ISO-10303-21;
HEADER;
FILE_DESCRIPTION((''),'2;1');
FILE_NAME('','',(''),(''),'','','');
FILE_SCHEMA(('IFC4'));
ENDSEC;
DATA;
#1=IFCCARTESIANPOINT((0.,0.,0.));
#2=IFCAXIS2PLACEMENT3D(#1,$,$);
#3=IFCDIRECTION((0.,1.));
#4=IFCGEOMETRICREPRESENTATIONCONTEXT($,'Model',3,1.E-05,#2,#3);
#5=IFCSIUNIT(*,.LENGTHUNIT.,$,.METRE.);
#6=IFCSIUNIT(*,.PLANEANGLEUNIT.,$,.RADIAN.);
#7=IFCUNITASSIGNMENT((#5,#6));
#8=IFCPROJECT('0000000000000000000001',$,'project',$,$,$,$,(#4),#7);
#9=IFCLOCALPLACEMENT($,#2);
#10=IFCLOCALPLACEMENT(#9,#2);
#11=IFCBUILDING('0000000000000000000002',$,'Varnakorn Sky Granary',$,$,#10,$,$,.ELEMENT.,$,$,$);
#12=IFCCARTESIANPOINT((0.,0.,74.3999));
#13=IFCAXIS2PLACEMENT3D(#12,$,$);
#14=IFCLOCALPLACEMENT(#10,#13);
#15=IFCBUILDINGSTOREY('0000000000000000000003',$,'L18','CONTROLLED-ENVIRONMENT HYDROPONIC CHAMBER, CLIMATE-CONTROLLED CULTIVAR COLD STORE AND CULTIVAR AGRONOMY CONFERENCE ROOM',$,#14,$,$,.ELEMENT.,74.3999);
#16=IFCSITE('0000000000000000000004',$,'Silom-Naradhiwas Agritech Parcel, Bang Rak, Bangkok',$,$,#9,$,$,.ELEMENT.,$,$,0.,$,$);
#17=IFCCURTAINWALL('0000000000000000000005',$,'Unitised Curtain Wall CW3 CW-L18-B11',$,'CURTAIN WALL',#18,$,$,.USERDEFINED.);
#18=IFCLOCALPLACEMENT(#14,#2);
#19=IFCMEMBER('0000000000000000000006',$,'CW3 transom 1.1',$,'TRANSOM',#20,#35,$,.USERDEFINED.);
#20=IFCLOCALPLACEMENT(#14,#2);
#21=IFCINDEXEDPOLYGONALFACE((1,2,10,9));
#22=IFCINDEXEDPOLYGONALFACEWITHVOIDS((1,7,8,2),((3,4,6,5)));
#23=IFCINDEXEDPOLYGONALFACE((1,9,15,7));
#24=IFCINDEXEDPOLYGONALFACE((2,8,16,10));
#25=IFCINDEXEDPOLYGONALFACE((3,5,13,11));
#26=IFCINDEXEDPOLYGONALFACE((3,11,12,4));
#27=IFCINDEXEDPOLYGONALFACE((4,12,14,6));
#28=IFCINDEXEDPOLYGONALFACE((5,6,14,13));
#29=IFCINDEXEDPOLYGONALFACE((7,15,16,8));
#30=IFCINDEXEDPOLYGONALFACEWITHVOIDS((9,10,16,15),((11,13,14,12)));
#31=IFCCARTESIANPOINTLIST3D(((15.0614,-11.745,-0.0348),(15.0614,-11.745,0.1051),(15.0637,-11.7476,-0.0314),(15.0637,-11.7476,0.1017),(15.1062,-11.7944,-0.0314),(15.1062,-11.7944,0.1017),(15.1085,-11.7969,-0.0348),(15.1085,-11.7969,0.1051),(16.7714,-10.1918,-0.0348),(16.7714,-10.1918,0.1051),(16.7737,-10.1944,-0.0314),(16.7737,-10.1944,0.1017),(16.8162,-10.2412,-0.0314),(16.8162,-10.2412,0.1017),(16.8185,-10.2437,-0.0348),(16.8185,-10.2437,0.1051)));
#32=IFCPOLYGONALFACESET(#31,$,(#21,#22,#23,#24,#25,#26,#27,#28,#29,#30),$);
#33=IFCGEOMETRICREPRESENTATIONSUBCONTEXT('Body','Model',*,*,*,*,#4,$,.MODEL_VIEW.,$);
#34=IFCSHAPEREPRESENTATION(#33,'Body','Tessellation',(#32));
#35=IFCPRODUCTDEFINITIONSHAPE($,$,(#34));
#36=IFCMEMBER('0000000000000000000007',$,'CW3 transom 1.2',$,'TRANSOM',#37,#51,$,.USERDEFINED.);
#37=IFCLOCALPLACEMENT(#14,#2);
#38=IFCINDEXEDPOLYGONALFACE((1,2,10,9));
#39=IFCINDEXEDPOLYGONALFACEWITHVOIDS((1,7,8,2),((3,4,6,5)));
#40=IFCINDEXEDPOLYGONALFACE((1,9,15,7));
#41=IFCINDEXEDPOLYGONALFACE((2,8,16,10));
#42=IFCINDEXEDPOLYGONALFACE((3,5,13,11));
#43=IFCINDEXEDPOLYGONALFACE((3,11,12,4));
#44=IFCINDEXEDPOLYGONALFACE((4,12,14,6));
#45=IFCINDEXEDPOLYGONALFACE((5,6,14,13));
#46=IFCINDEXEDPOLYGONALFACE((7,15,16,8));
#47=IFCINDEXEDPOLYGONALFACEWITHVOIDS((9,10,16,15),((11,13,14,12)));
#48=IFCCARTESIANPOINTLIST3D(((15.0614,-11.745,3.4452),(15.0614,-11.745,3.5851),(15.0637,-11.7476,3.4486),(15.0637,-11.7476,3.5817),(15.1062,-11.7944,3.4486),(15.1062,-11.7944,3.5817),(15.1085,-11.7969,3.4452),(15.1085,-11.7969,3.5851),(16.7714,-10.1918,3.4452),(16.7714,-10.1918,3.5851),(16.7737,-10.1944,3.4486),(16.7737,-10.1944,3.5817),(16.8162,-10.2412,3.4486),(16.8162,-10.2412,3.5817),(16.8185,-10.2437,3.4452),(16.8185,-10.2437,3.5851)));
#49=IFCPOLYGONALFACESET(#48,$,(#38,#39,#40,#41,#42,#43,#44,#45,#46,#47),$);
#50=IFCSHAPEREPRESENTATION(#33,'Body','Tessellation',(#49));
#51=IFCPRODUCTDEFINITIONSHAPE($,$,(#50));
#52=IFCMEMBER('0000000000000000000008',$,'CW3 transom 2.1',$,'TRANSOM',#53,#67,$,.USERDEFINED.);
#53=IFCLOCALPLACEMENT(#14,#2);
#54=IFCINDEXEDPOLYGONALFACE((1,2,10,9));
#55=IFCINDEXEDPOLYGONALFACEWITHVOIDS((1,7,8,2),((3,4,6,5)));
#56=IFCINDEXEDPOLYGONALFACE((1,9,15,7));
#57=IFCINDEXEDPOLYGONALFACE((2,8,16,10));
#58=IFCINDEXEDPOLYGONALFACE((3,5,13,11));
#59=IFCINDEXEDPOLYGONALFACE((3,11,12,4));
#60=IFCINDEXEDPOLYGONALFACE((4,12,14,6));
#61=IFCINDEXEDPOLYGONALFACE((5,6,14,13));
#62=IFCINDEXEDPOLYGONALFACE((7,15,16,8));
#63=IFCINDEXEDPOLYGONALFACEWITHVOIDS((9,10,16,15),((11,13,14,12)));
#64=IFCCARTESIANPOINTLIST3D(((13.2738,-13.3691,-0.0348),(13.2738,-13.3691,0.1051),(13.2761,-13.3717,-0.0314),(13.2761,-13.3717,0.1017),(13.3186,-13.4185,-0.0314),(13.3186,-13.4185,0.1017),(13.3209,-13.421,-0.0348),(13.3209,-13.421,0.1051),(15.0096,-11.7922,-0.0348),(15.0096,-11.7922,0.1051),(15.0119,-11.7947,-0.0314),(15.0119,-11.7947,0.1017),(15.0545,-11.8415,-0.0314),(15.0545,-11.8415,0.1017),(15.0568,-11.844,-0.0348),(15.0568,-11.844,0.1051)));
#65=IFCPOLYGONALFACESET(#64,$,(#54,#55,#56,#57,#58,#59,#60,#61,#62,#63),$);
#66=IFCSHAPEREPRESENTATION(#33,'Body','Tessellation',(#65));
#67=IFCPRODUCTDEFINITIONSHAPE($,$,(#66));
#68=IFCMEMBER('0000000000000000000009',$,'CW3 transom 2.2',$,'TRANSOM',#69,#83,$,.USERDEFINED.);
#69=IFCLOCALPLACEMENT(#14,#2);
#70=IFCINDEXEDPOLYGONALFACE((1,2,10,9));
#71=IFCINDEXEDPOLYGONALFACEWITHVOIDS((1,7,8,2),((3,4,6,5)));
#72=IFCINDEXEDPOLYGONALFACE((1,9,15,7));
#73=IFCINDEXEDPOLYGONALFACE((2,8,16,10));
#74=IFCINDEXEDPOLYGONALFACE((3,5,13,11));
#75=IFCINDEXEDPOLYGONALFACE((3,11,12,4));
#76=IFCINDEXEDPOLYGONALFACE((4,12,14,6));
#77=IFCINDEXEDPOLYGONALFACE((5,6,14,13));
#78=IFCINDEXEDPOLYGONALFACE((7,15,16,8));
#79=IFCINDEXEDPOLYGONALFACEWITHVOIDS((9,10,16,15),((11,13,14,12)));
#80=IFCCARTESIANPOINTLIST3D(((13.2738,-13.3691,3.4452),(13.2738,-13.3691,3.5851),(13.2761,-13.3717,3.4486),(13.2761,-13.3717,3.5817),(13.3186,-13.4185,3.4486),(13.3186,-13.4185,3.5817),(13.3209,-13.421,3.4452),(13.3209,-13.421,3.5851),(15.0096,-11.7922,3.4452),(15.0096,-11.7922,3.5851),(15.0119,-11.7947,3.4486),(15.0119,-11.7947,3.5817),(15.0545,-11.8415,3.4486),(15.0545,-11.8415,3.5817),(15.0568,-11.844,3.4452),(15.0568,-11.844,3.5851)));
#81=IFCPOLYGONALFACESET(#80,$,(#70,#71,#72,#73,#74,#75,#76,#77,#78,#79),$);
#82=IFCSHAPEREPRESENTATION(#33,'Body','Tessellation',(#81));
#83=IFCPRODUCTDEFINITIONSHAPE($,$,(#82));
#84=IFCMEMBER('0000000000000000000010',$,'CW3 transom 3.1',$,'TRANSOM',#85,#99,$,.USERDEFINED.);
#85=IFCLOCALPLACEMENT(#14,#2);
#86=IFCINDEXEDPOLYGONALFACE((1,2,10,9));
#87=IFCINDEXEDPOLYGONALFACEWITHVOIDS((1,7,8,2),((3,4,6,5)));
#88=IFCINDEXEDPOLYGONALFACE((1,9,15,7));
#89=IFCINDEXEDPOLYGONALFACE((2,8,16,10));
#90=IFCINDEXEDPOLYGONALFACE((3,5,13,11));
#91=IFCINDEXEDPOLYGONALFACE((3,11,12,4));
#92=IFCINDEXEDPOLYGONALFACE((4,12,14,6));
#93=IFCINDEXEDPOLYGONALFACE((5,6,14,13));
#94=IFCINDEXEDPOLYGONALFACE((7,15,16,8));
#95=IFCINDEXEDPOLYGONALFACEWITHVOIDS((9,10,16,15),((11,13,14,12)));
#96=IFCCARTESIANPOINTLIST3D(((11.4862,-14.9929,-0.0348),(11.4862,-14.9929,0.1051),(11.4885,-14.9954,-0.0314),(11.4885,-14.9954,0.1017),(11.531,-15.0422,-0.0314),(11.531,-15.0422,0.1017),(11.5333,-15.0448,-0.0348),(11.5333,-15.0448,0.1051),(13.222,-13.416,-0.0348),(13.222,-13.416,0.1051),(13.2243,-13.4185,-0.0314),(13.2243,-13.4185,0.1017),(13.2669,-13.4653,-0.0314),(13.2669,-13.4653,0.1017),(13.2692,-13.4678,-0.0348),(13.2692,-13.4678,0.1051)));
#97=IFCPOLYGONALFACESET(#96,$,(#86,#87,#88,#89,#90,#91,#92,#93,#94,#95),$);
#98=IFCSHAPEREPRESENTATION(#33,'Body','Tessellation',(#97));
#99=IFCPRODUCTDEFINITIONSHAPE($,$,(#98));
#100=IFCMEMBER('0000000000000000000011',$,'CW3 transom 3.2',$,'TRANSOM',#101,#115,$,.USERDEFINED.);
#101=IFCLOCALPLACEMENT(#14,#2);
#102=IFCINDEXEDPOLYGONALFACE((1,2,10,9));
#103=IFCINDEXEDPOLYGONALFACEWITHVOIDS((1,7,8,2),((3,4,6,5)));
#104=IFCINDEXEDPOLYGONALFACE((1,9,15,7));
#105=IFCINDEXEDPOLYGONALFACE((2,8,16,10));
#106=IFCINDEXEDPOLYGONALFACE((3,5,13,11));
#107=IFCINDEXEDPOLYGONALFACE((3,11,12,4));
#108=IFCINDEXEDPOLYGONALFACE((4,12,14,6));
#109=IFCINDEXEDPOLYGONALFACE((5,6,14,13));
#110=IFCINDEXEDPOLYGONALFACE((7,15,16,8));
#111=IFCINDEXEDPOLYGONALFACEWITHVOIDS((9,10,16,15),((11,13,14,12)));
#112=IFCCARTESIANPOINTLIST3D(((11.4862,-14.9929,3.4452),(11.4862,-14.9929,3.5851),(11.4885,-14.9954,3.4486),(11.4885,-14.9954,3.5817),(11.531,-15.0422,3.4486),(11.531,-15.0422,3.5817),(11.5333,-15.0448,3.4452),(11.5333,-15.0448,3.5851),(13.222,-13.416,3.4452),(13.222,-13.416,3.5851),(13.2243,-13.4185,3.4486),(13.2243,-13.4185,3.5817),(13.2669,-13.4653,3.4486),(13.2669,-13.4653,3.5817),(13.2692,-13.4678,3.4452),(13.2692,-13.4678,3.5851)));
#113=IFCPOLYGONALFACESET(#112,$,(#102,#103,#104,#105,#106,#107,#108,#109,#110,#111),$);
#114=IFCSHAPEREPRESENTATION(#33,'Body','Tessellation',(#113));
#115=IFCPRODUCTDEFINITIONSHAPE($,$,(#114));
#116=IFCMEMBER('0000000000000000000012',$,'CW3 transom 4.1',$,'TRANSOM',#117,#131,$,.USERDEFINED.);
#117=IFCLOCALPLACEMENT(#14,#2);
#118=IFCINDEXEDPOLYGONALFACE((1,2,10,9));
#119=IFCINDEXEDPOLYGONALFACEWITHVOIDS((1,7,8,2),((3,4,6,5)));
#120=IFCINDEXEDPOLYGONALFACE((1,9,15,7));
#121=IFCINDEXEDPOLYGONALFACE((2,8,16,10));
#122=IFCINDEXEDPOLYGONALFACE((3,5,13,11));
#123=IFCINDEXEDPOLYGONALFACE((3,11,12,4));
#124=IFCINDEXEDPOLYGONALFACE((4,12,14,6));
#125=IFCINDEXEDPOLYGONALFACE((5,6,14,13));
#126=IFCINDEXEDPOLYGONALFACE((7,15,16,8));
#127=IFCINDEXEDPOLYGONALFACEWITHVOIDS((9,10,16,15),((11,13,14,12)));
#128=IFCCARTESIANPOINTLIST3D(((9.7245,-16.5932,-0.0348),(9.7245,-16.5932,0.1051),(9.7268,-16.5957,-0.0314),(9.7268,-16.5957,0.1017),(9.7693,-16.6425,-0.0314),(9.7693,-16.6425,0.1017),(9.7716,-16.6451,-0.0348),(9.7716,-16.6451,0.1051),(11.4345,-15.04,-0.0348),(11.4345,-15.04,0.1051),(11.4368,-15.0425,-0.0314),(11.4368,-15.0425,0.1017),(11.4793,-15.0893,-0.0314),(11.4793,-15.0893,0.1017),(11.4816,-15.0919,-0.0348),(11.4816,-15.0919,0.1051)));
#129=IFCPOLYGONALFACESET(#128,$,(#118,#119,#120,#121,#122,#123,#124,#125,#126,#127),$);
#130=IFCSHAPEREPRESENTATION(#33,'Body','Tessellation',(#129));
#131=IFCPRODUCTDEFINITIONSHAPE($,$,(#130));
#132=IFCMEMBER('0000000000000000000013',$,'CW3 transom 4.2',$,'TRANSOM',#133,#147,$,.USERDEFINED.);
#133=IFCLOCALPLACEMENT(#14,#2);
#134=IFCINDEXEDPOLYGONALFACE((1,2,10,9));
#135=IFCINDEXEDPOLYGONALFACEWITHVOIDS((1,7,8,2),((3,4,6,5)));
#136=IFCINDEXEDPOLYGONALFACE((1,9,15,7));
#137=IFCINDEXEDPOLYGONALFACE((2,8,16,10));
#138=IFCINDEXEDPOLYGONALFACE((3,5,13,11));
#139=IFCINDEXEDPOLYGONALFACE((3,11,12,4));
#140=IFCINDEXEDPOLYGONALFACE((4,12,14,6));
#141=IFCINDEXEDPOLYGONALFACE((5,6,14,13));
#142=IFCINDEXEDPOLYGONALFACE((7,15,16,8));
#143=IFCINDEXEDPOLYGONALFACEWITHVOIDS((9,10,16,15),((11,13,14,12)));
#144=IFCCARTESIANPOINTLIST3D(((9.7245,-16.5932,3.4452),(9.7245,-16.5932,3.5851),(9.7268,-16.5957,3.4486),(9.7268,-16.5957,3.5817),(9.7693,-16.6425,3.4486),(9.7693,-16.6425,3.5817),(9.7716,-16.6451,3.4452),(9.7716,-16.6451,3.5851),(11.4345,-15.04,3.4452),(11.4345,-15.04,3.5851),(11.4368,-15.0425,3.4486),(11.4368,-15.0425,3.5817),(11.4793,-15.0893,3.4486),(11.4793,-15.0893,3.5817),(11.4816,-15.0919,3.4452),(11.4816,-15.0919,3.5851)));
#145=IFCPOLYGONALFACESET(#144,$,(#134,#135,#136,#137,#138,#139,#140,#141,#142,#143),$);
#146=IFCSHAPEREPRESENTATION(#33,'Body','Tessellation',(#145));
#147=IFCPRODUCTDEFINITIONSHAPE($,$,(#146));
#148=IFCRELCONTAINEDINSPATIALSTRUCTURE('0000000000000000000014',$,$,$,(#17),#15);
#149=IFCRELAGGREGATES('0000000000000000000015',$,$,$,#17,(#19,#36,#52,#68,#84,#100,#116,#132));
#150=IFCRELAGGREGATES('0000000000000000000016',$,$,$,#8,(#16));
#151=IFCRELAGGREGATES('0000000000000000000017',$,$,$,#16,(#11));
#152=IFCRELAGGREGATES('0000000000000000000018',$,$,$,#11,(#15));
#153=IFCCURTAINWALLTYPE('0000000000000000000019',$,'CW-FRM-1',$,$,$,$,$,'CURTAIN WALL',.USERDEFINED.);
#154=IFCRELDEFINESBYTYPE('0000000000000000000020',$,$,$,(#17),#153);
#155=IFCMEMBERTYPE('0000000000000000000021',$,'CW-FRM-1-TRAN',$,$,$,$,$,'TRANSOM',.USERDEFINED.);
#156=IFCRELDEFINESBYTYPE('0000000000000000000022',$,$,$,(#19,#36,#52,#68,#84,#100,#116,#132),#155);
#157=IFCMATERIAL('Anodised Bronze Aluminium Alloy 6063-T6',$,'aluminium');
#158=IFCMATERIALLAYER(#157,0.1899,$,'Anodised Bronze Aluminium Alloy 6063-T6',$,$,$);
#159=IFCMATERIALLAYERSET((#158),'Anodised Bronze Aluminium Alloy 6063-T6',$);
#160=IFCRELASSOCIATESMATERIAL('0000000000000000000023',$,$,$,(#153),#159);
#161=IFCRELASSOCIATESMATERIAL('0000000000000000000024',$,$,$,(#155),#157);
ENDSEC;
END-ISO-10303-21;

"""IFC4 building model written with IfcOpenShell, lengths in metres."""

from ifc_helpers import new_model, si_unit, direction, frame, origin, origin_2d, place, context, subcontext, project, spatial, hollow_rectangle, extrude, material, layer, layer_set, material_profile, profile_set, type_object, element, aggregate, save


model = new_model("IFC4")

# Units and contexts
model_context = context("Model", 3, precision=1e-05, world=origin(), true_north=direction((0.0, 1.0)))
body_context = subcontext(model_context, "Body", "Model", "MODEL_VIEW")
ifc_project = project(units=[si_unit("LENGTHUNIT", "METRE"), si_unit("PLANEANGLEUNIT", "RADIAN")], contexts=[model_context])

# Site, building, storey
site_placement = place(None, origin())
site = spatial("IfcSite", under=ifc_project, at=site_placement, Name="Silom-Naradhiwas Agritech Parcel, Bang Rak, Bangkok", CompositionType="ELEMENT", RefElevation=0.0)
building_placement = place(site_placement, origin())
building = spatial("IfcBuilding", under=site, at=building_placement, Name="Varnakorn Sky Granary", CompositionType="ELEMENT")
storey_placement = place(building_placement, frame((0.0, 0.0, 74.3999)))
storey = spatial("IfcBuildingStorey", under=building, at=storey_placement, Name="L18", Description="CONTROLLED-ENVIRONMENT HYDROPONIC CHAMBER, CLIMATE-CONTROLLED CULTIVAR COLD STORE AND CULTIVAR AGRONOMY CONFERENCE ROOM", CompositionType="ELEMENT", Elevation=74.3999)

# Curtain wall, members
ifc_material_1 = material(Name="Anodised Bronze Aluminium Alloy 6063-T6", Category="aluminium")
ifc_layer_1 = layer(ifc_material_1, 0.1899, Name="Anodised Bronze Aluminium Alloy 6063-T6")
ifc_layer_set_1 = layer_set([ifc_layer_1], Name="Anodised Bronze Aluminium Alloy 6063-T6")
curtain_wall_type = type_object("IfcCurtainWallType", Name="CW-FRM-1", ElementType="CURTAIN WALL", PredefinedType="USERDEFINED", material=ifc_layer_set_1)
curtain_wall_placement = place(storey_placement, origin())
curtain_wall = element("IfcCurtainWall", 1, at=curtain_wall_placement, inside=storey, type_object=curtain_wall_type, Name="Unitised Curtain Wall CW3 CW-L18-B11", ObjectType="CURTAIN WALL", PredefinedType="USERDEFINED")
ifc_material_profile_1 = material_profile(ifc_material_1, hollow_rectangle(XDim=0.0701, YDim=0.1399, WallThickness=0.0034, at=origin_2d()), Name="ALU TRAN 70x140")
ifc_profile_set_1 = profile_set([ifc_material_profile_1], Name="Anodised Bronze Aluminium Alloy 6063-T6")
member_type_1 = type_object("IfcMemberType", Name="CW-FRM-1-TRAN", ElementType="TRANSOM", PredefinedType="USERDEFINED", material=ifc_profile_set_1)
member_1_placement = place(storey_placement, frame((16.7949, -10.2178, 0.0352), z_axis=(-0.740217, -0.672368, 0.0), x_axis=(0.672368, -0.740217, 0.0)))
member_1 = element("IfcMember", 2, at=member_1_placement, type_object=member_type_1, Name="CW3 transom 1.1", ObjectType="TRANSOM", PredefinedType="USERDEFINED", context=body_context, shape_type="SweptSolid", body=[
    extrude(hollow_rectangle(XDim=0.0701, YDim=0.1399, WallThickness=0.0034, at=origin_2d()), origin(), (0.0, 0.0, 1.0), 2.3101),
])
member_2_placement = place(storey_placement, frame((16.7949, -10.2178, 3.5151), z_axis=(-0.740217, -0.672368, 0.0), x_axis=(0.672368, -0.740217, 0.0)))
member_2 = element("IfcMember", 3, at=member_2_placement, type_object=member_type_1, Name="CW3 transom 1.2", ObjectType="TRANSOM", PredefinedType="USERDEFINED", context=body_context, shape_type="SweptSolid", body=[
    extrude(hollow_rectangle(XDim=0.0701, YDim=0.1399, WallThickness=0.0034, at=origin_2d()), origin(), (0.0, 0.0, 1.0), 2.3101),
])
member_3_placement = place(storey_placement, frame((15.0332, -11.8181, 0.0352), z_axis=(-0.74018, -0.672408, 0.0), x_axis=(0.672408, -0.74018, 0.0)))
member_3 = element("IfcMember", 4, at=member_3_placement, type_object=member_type_1, Name="CW3 transom 2.1", ObjectType="TRANSOM", PredefinedType="USERDEFINED", context=body_context, shape_type="SweptSolid", body=[
    extrude(hollow_rectangle(XDim=0.0701, YDim=0.1399, WallThickness=0.0034, at=origin_2d()), origin(), (0.0, 0.0, 1.0), 2.3452),
])
member_4_placement = place(storey_placement, frame((15.0332, -11.8181, 3.5151), z_axis=(-0.74018, -0.672408, 0.0), x_axis=(0.672408, -0.74018, 0.0)))
member_4 = element("IfcMember", 5, at=member_4_placement, type_object=member_type_1, Name="CW3 transom 2.2", ObjectType="TRANSOM", PredefinedType="USERDEFINED", context=body_context, shape_type="SweptSolid", body=[
    extrude(hollow_rectangle(XDim=0.0701, YDim=0.1399, WallThickness=0.0034, at=origin_2d()), origin(), (0.0, 0.0, 1.0), 2.3452),
])
member_5_placement = place(storey_placement, frame((13.2456, -13.4419, 0.0352), z_axis=(-0.74018, -0.672408, 0.0), x_axis=(0.672408, -0.74018, 0.0)))
member_5 = element("IfcMember", 6, at=member_5_placement, type_object=member_type_1, Name="CW3 transom 3.1", ObjectType="TRANSOM", PredefinedType="USERDEFINED", context=body_context, shape_type="SweptSolid", body=[
    extrude(hollow_rectangle(XDim=0.0701, YDim=0.1399, WallThickness=0.0034, at=origin_2d()), origin(), (0.0, 0.0, 1.0), 2.3452),
])
member_6_placement = place(storey_placement, frame((13.2456, -13.4419, 3.5151), z_axis=(-0.74018, -0.672408, 0.0), x_axis=(0.672408, -0.74018, 0.0)))
member_6 = element("IfcMember", 7, at=member_6_placement, type_object=member_type_1, Name="CW3 transom 3.2", ObjectType="TRANSOM", PredefinedType="USERDEFINED", context=body_context, shape_type="SweptSolid", body=[
    extrude(hollow_rectangle(XDim=0.0701, YDim=0.1399, WallThickness=0.0034, at=origin_2d()), origin(), (0.0, 0.0, 1.0), 2.3452),
])
member_7_placement = place(storey_placement, frame((11.458, -15.0659, 0.0352), z_axis=(-0.740217, -0.672368, 0.0), x_axis=(0.672368, -0.740217, 0.0)))
member_7 = element("IfcMember", 8, at=member_7_placement, type_object=member_type_1, Name="CW3 transom 4.1", ObjectType="TRANSOM", PredefinedType="USERDEFINED", context=body_context, shape_type="SweptSolid", body=[
    extrude(hollow_rectangle(XDim=0.0701, YDim=0.1399, WallThickness=0.0034, at=origin_2d()), origin(), (0.0, 0.0, 1.0), 2.3101),
])
member_8_placement = place(storey_placement, frame((11.458, -15.0659, 3.5151), z_axis=(-0.740217, -0.672368, 0.0), x_axis=(0.672368, -0.740217, 0.0)))
member_8 = element("IfcMember", 9, at=member_8_placement, type_object=member_type_1, Name="CW3 transom 4.2", ObjectType="TRANSOM", PredefinedType="USERDEFINED", context=body_context, shape_type="SweptSolid", body=[
    extrude(hollow_rectangle(XDim=0.0701, YDim=0.1399, WallThickness=0.0034, at=origin_2d()), origin(), (0.0, 0.0, 1.0), 2.3101),
])

aggregate(curtain_wall, [member_1, member_2, member_3, member_4, member_5, member_6, member_7, member_8])

save(model, "model.ifc")
